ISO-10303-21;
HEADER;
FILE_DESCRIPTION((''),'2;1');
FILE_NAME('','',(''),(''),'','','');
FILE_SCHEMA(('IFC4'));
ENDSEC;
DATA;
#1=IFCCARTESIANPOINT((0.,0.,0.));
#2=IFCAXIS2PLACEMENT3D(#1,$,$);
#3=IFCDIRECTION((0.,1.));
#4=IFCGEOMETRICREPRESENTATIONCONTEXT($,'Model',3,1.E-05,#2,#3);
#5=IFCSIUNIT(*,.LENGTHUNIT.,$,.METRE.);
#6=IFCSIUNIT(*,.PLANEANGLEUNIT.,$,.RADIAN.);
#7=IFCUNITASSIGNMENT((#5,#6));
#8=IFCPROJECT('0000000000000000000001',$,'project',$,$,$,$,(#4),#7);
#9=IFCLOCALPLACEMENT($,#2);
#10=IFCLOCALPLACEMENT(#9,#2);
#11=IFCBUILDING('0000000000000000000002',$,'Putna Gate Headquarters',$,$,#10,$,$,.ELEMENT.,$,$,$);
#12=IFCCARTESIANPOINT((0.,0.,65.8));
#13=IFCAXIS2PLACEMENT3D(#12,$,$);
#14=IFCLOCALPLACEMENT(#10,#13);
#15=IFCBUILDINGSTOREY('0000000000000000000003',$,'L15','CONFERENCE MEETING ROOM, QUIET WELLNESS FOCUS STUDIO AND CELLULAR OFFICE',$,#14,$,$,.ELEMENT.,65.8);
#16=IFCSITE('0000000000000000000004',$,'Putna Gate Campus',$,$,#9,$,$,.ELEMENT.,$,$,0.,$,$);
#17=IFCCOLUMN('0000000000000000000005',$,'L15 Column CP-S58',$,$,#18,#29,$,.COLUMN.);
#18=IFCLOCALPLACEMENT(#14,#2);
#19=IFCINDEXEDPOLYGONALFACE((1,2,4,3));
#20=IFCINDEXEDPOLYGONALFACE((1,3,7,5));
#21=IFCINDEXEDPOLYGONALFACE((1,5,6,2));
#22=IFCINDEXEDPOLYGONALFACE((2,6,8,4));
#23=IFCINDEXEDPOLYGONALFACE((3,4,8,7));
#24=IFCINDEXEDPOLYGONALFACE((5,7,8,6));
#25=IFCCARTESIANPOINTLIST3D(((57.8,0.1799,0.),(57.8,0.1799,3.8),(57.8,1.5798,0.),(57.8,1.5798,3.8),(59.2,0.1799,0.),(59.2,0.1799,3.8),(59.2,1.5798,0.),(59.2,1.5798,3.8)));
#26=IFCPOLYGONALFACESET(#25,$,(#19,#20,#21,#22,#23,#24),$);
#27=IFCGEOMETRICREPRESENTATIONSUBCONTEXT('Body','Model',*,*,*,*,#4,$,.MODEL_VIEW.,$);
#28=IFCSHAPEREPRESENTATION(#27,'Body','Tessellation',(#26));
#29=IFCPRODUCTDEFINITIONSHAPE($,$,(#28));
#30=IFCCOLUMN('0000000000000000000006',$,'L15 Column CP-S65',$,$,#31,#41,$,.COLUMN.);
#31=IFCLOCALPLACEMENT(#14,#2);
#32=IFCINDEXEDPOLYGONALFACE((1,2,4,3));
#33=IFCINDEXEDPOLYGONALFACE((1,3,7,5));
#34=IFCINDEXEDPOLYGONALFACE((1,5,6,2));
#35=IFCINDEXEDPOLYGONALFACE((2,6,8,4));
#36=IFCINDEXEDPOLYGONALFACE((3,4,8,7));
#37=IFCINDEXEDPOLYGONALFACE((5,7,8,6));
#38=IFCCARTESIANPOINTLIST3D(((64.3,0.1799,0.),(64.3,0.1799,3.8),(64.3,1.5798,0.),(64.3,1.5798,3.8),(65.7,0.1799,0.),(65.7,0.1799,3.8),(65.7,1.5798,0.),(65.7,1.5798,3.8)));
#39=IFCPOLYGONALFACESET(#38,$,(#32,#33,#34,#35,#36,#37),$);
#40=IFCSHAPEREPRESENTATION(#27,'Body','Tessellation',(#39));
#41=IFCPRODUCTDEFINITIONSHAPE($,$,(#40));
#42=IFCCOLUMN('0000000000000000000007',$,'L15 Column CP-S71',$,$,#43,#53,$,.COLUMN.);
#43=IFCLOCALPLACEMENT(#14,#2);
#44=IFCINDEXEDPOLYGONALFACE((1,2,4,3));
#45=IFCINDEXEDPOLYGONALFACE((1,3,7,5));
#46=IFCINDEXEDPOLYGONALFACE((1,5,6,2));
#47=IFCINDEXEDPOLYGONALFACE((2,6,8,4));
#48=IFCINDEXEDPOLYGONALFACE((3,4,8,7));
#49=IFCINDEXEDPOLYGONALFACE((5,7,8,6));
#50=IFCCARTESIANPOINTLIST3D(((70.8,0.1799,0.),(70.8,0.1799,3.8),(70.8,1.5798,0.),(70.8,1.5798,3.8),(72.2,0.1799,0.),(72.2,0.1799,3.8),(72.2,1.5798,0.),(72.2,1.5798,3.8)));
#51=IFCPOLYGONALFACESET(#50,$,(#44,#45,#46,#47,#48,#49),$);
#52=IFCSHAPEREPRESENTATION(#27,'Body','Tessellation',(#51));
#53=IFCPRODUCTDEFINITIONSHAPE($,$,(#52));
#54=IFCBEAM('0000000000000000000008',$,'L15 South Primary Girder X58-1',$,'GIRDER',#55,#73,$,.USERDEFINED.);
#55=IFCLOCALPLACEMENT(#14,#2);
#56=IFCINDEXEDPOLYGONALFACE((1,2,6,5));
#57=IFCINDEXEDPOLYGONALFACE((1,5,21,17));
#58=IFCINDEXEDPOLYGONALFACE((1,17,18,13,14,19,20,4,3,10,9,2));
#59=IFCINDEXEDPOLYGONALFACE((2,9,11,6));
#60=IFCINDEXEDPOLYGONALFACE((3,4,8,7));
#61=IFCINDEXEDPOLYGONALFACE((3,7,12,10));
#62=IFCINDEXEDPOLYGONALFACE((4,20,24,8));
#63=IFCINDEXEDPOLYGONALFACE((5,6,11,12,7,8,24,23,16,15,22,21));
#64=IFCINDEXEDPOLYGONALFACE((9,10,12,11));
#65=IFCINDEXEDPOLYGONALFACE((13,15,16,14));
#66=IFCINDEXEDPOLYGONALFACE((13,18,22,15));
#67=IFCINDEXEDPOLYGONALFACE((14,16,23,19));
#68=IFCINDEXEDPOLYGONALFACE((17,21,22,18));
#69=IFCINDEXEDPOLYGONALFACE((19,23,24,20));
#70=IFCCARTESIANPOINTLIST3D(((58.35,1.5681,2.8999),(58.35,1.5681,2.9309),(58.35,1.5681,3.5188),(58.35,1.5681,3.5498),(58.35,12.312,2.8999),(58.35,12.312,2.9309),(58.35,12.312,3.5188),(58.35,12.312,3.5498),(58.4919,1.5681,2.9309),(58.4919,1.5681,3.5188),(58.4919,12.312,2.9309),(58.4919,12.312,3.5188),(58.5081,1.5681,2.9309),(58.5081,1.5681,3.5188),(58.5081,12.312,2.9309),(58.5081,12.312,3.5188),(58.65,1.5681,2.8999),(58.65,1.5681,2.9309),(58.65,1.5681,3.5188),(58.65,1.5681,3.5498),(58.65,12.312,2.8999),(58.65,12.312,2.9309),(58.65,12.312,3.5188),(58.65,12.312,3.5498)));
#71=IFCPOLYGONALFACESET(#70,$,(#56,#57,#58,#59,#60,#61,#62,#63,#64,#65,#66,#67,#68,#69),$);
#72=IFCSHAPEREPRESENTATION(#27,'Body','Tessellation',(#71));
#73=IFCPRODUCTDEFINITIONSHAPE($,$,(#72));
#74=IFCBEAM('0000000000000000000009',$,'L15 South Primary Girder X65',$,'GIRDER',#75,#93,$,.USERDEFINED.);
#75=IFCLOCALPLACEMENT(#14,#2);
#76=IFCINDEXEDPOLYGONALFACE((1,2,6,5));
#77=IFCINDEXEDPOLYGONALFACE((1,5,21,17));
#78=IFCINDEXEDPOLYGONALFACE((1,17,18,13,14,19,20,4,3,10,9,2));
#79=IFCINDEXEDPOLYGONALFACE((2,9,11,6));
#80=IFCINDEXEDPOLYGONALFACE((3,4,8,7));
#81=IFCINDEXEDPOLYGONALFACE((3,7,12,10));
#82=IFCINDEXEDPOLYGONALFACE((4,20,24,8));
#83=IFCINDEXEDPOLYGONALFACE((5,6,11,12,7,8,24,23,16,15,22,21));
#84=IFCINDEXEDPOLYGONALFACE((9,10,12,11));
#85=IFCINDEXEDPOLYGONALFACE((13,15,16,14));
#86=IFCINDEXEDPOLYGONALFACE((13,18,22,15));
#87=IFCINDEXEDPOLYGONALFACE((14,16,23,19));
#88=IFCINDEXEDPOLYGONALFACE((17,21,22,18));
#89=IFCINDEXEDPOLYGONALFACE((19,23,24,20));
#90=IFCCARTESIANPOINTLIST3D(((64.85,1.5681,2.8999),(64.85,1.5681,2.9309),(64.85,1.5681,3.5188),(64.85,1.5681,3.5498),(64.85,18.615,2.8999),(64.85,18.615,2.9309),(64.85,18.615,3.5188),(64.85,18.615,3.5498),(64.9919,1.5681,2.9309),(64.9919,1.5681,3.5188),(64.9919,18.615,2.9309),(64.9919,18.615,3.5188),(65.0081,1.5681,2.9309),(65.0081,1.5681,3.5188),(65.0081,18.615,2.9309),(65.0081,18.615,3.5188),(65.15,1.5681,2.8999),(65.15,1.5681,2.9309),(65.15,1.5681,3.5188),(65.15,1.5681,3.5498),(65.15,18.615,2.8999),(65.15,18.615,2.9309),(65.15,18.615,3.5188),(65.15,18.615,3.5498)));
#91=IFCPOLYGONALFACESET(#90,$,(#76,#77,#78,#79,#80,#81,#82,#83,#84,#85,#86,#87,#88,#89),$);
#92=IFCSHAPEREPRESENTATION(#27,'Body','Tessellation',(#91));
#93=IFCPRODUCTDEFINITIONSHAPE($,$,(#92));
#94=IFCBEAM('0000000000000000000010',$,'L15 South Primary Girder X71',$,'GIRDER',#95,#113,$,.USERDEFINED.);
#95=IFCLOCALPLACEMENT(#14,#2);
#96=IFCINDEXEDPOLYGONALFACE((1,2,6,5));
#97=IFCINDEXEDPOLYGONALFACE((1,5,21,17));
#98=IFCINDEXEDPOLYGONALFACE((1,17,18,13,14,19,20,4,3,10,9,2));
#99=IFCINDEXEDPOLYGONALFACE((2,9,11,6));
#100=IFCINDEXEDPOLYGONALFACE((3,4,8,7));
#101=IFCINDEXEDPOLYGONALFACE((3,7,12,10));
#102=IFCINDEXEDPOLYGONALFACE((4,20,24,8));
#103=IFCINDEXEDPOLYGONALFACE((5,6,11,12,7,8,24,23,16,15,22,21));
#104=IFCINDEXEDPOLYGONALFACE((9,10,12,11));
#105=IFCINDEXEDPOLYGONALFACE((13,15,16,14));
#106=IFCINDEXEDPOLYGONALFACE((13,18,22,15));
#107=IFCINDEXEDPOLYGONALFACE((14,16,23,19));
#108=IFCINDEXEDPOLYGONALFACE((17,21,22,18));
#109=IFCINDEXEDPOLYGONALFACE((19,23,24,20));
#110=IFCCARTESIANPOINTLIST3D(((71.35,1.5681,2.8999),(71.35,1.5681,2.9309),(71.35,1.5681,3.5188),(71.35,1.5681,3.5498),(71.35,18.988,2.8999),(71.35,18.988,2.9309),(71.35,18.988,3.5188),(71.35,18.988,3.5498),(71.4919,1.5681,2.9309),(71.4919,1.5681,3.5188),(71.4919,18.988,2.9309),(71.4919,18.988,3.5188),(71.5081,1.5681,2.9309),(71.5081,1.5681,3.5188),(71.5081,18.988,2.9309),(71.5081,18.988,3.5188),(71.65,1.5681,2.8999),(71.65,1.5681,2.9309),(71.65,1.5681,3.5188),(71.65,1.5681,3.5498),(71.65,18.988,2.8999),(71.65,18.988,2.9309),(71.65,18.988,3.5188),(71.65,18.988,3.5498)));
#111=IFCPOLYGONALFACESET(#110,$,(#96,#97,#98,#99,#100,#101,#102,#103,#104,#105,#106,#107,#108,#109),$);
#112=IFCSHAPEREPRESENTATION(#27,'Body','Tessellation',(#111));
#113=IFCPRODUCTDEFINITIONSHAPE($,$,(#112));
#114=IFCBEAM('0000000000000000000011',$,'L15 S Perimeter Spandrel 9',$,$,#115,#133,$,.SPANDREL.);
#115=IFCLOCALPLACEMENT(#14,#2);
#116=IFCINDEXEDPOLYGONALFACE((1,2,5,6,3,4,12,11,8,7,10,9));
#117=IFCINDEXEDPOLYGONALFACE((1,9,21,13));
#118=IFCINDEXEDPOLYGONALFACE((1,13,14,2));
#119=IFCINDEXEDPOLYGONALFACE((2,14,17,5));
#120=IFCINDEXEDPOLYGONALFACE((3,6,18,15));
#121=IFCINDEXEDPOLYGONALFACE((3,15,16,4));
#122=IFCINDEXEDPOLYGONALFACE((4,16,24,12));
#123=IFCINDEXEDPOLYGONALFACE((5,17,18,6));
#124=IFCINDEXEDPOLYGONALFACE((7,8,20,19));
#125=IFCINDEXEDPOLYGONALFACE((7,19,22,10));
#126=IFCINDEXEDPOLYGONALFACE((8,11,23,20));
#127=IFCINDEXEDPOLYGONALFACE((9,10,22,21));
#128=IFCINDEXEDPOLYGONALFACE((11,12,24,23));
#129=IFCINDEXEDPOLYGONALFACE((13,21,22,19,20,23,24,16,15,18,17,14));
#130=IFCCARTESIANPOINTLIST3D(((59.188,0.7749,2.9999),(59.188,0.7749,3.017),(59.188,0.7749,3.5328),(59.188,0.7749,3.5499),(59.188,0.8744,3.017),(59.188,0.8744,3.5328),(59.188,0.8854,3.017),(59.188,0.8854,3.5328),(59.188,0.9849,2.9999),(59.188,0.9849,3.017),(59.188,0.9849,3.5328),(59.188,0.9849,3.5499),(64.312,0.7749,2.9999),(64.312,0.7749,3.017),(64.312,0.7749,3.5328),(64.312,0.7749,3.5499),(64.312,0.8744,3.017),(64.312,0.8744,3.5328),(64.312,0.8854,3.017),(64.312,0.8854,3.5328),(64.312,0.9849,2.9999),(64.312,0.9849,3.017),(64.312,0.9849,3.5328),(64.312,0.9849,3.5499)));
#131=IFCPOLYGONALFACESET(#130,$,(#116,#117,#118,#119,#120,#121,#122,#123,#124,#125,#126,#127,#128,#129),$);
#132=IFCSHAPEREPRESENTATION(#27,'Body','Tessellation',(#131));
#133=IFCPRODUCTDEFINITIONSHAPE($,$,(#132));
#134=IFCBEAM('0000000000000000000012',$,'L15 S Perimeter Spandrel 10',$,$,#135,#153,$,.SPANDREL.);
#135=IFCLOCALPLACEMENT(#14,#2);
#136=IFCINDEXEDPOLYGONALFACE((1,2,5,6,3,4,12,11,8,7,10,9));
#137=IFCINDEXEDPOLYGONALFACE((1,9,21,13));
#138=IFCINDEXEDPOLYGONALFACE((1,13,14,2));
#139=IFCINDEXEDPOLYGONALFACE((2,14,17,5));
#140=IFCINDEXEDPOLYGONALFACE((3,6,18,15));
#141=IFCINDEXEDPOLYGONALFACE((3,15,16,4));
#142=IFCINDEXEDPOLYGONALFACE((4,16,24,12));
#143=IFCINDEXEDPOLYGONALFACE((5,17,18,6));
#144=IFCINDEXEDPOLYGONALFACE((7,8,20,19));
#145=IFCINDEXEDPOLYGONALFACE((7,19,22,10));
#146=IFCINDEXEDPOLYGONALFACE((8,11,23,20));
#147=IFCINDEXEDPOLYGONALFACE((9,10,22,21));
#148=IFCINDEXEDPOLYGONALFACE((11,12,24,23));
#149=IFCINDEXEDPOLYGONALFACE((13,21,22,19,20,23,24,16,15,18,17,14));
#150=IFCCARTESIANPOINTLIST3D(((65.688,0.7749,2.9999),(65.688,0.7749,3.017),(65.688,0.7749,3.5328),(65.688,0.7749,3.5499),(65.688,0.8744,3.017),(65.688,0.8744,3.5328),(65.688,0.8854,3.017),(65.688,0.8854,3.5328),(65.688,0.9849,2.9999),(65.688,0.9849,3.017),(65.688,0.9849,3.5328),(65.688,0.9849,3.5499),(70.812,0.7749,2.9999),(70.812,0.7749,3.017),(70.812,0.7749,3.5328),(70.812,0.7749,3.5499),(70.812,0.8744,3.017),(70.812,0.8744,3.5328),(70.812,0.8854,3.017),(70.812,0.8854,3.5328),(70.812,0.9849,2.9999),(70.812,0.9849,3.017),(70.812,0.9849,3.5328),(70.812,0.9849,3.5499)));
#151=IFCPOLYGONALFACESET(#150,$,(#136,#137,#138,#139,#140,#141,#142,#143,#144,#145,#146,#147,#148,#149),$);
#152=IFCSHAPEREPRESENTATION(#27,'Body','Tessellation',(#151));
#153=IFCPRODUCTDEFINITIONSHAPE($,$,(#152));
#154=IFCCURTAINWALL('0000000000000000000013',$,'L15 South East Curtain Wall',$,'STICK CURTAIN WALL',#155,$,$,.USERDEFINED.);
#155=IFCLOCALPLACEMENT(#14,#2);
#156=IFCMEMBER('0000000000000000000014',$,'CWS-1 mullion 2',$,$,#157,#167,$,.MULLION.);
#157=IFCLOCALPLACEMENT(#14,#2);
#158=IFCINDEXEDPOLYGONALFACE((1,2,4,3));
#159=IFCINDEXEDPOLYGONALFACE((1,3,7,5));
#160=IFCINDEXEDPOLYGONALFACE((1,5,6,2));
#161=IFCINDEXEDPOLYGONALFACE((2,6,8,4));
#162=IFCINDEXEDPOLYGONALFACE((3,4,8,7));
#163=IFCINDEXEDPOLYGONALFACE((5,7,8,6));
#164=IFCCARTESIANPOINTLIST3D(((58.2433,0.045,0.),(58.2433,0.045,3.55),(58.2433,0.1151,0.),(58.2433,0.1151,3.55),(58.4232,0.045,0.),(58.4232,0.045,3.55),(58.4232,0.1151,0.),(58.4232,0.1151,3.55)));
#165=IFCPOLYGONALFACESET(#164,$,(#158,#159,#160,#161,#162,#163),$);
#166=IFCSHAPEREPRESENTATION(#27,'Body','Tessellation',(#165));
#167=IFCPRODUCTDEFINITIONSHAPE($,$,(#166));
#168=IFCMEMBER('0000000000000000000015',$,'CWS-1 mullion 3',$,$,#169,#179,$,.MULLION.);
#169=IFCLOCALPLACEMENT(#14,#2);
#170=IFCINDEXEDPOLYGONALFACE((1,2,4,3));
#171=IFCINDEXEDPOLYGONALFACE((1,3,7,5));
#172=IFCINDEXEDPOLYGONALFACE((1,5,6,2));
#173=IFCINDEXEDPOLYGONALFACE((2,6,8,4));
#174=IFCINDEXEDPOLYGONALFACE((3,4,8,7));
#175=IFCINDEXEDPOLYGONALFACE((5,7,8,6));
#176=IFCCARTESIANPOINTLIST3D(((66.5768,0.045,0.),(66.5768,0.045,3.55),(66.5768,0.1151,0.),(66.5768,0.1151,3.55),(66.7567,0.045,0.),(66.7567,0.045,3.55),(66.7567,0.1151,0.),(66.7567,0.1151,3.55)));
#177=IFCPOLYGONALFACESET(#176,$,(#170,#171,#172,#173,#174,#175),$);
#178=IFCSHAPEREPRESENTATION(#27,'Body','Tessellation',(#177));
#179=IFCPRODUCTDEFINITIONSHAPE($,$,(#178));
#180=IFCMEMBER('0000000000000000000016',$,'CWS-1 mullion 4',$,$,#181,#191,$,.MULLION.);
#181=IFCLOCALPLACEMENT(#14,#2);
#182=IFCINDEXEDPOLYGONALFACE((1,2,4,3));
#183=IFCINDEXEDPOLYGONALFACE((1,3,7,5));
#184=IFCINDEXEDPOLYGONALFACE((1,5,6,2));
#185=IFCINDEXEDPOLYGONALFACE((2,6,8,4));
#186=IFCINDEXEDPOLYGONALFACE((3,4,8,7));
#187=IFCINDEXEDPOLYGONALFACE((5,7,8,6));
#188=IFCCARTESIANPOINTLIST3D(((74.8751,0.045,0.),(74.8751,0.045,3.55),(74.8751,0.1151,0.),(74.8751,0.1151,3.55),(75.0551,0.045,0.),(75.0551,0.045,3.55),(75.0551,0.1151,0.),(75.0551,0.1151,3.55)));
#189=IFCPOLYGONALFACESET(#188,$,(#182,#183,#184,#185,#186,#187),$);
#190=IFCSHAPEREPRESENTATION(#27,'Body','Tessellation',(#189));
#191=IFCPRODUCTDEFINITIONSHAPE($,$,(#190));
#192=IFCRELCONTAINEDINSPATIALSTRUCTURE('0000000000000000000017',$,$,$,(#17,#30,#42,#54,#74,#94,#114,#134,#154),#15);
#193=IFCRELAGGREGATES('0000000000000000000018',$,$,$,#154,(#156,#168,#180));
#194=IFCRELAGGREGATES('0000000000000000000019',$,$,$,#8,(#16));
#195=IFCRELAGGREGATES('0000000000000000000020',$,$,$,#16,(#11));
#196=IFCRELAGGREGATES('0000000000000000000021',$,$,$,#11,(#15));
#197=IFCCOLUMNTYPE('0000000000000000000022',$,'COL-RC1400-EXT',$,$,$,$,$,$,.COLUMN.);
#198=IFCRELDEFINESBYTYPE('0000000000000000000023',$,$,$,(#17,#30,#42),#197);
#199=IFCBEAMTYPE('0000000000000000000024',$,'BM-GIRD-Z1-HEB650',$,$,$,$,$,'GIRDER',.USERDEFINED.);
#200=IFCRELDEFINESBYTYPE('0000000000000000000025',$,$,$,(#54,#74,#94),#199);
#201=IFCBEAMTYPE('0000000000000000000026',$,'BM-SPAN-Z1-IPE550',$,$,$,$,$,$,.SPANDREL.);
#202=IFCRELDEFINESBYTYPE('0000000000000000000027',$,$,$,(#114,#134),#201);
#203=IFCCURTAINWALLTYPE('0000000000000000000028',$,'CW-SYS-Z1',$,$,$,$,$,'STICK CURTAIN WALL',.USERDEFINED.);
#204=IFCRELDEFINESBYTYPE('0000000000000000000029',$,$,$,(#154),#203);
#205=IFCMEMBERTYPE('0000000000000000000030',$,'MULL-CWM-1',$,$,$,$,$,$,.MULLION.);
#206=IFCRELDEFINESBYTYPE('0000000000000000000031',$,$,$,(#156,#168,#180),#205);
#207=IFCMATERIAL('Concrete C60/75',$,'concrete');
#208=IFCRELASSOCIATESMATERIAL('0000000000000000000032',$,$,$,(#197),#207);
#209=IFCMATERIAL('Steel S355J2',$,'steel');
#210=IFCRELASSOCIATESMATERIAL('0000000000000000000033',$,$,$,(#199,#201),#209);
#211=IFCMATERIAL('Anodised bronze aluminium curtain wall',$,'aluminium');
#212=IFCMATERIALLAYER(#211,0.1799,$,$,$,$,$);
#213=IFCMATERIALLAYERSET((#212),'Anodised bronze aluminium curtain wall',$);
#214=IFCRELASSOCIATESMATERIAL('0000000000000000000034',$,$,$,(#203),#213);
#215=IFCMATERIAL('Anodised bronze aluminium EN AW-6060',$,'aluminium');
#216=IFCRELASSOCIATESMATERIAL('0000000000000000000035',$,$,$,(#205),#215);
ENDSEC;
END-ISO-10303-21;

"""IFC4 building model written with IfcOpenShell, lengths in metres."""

from ifc_helpers import new_model, si_unit, direction, frame, origin, origin_2d, place, context, subcontext, project, spatial, rectangle, i_section, extrude, material, layer, layer_set, material_profile, profile_set, type_object, element, aggregate, save


model = new_model("IFC4")

# Units and contexts
model_context = context("Model", 3, precision=1e-05, world=origin(), true_north=direction((0.0, 1.0)))
body_context = subcontext(model_context, "Body", "Model", "MODEL_VIEW")
ifc_project = project(units=[si_unit("LENGTHUNIT", "METRE"), si_unit("PLANEANGLEUNIT", "RADIAN")], contexts=[model_context])

# Site, building, storey
site_placement = place(None, origin())
site = spatial("IfcSite", under=ifc_project, at=site_placement, Name="Putna Gate Campus", CompositionType="ELEMENT", RefElevation=0.0)
building_placement = place(site_placement, origin())
building = spatial("IfcBuilding", under=site, at=building_placement, Name="Putna Gate Headquarters", CompositionType="ELEMENT")
storey_placement = place(building_placement, frame((0.0, 0.0, 65.8)))
storey = spatial("IfcBuildingStorey", under=building, at=storey_placement, Name="L15", Description="CONFERENCE MEETING ROOM, QUIET WELLNESS FOCUS STUDIO AND CELLULAR OFFICE", CompositionType="ELEMENT", Elevation=65.8)

# Columns
ifc_material_1 = material(Name="Concrete C60/75", Category="concrete")
ifc_material_profile_1 = material_profile(ifc_material_1, rectangle(XDim=1.3999, YDim=1.3999, at=origin_2d()), Name="Concrete C60/75")
ifc_profile_set_1 = profile_set([ifc_material_profile_1], Name="Concrete C60/75")
column_type = type_object("IfcColumnType", Name="COL-RC1400-EXT", PredefinedType="COLUMN", material=ifc_profile_set_1)
for number, where, z_axis, x_axis, name in (
    (1, (58.5, 0.8799, 0.0), (0.0, 0.0, 1.0), (1.0, 0.0, 0.0), "L15 Column CP-S58"),
    (2, (65.0, 0.8799, 0.0), (0.0, 0.0, 1.0), (1.0, 0.0, 0.0), "L15 Column CP-S65"),
    (3, (71.5, 0.8799, 0.0), (0.0, 0.0, 1.0), (1.0, 0.0, 0.0), "L15 Column CP-S71"),
):
    element("IfcColumn", number, at=place(storey_placement, frame(where, z_axis=z_axis, x_axis=x_axis)), inside=storey, type_object=column_type, Name=name, PredefinedType="COLUMN", context=body_context, shape_type="SweptSolid", body=[
        extrude(rectangle(XDim=1.3999, YDim=1.3999, at=origin_2d()), origin(), (0.0, 0.0, 1.0), 3.8),
    ])

# Beams
ifc_material_2 = material(Name="Steel S355J2", Category="steel")
ifc_material_profile_2 = material_profile(ifc_material_2, i_section(OverallWidth=0.3, OverallDepth=0.6499, WebThickness=0.0161, FlangeThickness=0.031, at=origin_2d()), Name="Steel S355J2")
ifc_profile_set_2 = profile_set([ifc_material_profile_2], Name="Steel S355J2")
beam_type_1 = type_object("IfcBeamType", Name="BM-GIRD-Z1-HEB650", ElementType="GIRDER", PredefinedType="USERDEFINED", material=ifc_profile_set_2)
beam_1_placement = place(storey_placement, frame((58.5, 1.5681, 3.2249), z_axis=(0.0, 1.0, 0.0), x_axis=(-1.0, 0.0, 0.0)))
element("IfcBeam", 4, at=beam_1_placement, inside=storey, type_object=beam_type_1, Name="L15 South Primary Girder X58-1", ObjectType="GIRDER", PredefinedType="USERDEFINED", context=body_context, shape_type="SweptSolid", body=[
    extrude(i_section(OverallWidth=0.3, OverallDepth=0.6499, WebThickness=0.0161, FlangeThickness=0.031, at=origin_2d()), origin(), (0.0, 0.0, 1.0), 10.7439),
])
beam_2_placement = place(storey_placement, frame((65.0, 1.5681, 3.2249), z_axis=(0.0, 1.0, 0.0), x_axis=(-1.0, 0.0, 0.0)))
element("IfcBeam", 5, at=beam_2_placement, inside=storey, type_object=beam_type_1, Name="L15 South Primary Girder X65", ObjectType="GIRDER", PredefinedType="USERDEFINED", context=body_context, shape_type="SweptSolid", body=[
    extrude(i_section(OverallWidth=0.3, OverallDepth=0.6499, WebThickness=0.0161, FlangeThickness=0.031, at=origin_2d()), origin(), (0.0, 0.0, 1.0), 17.0469),
])
beam_3_placement = place(storey_placement, frame((71.5, 1.5681, 3.2249), z_axis=(0.0, 1.0, 0.0), x_axis=(-1.0, 0.0, 0.0)))
element("IfcBeam", 6, at=beam_3_placement, inside=storey, type_object=beam_type_1, Name="L15 South Primary Girder X71", ObjectType="GIRDER", PredefinedType="USERDEFINED", context=body_context, shape_type="SweptSolid", body=[
    extrude(i_section(OverallWidth=0.3, OverallDepth=0.6499, WebThickness=0.0161, FlangeThickness=0.031, at=origin_2d()), origin(), (0.0, 0.0, 1.0), 17.4199),
])
ifc_material_profile_3 = material_profile(ifc_material_2, i_section(OverallWidth=0.21, OverallDepth=0.55, WebThickness=0.011, FlangeThickness=0.0171, at=origin_2d()), Name="Steel S355J2")
ifc_profile_set_3 = profile_set([ifc_material_profile_3], Name="Steel S355J2")
beam_type_2 = type_object("IfcBeamType", Name="BM-SPAN-Z1-IPE550", PredefinedType="SPANDREL", material=ifc_profile_set_3)
for number, where, z_axis, x_axis, name in (
    (7, (59.188, 0.8799, 3.2749), (1.0, 0.0, 0.0), (0.0, 1.0, 0.0), "L15 S Perimeter Spandrel 9"),
    (8, (65.688, 0.8799, 3.2749), (1.0, 0.0, 0.0), (0.0, 1.0, 0.0), "L15 S Perimeter Spandrel 10"),
):
    element("IfcBeam", number, at=place(storey_placement, frame(where, z_axis=z_axis, x_axis=x_axis)), inside=storey, type_object=beam_type_2, Name=name, PredefinedType="SPANDREL", context=body_context, shape_type="SweptSolid", body=[
        extrude(i_section(OverallWidth=0.21, OverallDepth=0.55, WebThickness=0.011, FlangeThickness=0.0171, at=origin_2d()), origin(), (0.0, 0.0, 1.0), 5.124),
    ])

# Curtain wall, members
ifc_material_3 = material(Name="Anodised bronze aluminium curtain wall", Category="aluminium")
ifc_layer_1 = layer(ifc_material_3, 0.1799)
ifc_layer_set_1 = layer_set([ifc_layer_1], Name="Anodised bronze aluminium curtain wall")
curtain_wall_type = type_object("IfcCurtainWallType", Name="CW-SYS-Z1", ElementType="STICK CURTAIN WALL", PredefinedType="USERDEFINED", material=ifc_layer_set_1)
curtain_wall_1_placement = place(storey_placement, origin())
curtain_wall_1 = element("IfcCurtainWall", 9, at=curtain_wall_1_placement, inside=storey, type_object=curtain_wall_type, Name="L15 South East Curtain Wall", ObjectType="STICK CURTAIN WALL", PredefinedType="USERDEFINED")
ifc_material_4 = material(Name="Anodised bronze aluminium EN AW-6060", Category="aluminium")
ifc_material_profile_4 = material_profile(ifc_material_4, rectangle(XDim=0.0701, YDim=0.1799, at=origin_2d()), Name="Anodised bronze aluminium EN AW-6060")
ifc_profile_set_4 = profile_set([ifc_material_profile_4], Name="Anodised bronze aluminium EN AW-6060")
member_type_1 = type_object("IfcMemberType", Name="MULL-CWM-1", PredefinedType="MULLION", material=ifc_profile_set_4)
member_1_placement = place(storey_placement, frame((58.3333, 0.0801, 0.0), z_axis=(0.0, 0.0, 1.0), x_axis=(0.0, 1.0, 0.0)))
member_1 = element("IfcMember", 10, at=member_1_placement, type_object=member_type_1, Name="CWS-1 mullion 2", PredefinedType="MULLION", context=body_context, shape_type="SweptSolid", body=[
    extrude(rectangle(XDim=0.0701, YDim=0.1799, at=origin_2d()), origin(), (0.0, 0.0, 1.0), 3.55),
])
member_2_placement = place(storey_placement, frame((66.6667, 0.0801, 0.0), z_axis=(0.0, 0.0, 1.0), x_axis=(0.0, 1.0, 0.0)))
member_2 = element("IfcMember", 11, at=member_2_placement, type_object=member_type_1, Name="CWS-1 mullion 3", PredefinedType="MULLION", context=body_context, shape_type="SweptSolid", body=[
    extrude(rectangle(XDim=0.0701, YDim=0.1799, at=origin_2d()), origin(), (0.0, 0.0, 1.0), 3.55),
])
member_3_placement = place(storey_placement, frame((74.9651, 0.0801, 0.0), z_axis=(0.0, 0.0, 1.0), x_axis=(0.0, 1.0, 0.0)))
member_3 = element("IfcMember", 12, at=member_3_placement, type_object=member_type_1, Name="CWS-1 mullion 4", PredefinedType="MULLION", context=body_context, shape_type="SweptSolid", body=[
    extrude(rectangle(XDim=0.0701, YDim=0.1799, at=origin_2d()), origin(), (0.0, 0.0, 1.0), 3.55),
])

aggregate(curtain_wall_1, [member_1, member_2, member_3])

save(model, "model.ifc")
